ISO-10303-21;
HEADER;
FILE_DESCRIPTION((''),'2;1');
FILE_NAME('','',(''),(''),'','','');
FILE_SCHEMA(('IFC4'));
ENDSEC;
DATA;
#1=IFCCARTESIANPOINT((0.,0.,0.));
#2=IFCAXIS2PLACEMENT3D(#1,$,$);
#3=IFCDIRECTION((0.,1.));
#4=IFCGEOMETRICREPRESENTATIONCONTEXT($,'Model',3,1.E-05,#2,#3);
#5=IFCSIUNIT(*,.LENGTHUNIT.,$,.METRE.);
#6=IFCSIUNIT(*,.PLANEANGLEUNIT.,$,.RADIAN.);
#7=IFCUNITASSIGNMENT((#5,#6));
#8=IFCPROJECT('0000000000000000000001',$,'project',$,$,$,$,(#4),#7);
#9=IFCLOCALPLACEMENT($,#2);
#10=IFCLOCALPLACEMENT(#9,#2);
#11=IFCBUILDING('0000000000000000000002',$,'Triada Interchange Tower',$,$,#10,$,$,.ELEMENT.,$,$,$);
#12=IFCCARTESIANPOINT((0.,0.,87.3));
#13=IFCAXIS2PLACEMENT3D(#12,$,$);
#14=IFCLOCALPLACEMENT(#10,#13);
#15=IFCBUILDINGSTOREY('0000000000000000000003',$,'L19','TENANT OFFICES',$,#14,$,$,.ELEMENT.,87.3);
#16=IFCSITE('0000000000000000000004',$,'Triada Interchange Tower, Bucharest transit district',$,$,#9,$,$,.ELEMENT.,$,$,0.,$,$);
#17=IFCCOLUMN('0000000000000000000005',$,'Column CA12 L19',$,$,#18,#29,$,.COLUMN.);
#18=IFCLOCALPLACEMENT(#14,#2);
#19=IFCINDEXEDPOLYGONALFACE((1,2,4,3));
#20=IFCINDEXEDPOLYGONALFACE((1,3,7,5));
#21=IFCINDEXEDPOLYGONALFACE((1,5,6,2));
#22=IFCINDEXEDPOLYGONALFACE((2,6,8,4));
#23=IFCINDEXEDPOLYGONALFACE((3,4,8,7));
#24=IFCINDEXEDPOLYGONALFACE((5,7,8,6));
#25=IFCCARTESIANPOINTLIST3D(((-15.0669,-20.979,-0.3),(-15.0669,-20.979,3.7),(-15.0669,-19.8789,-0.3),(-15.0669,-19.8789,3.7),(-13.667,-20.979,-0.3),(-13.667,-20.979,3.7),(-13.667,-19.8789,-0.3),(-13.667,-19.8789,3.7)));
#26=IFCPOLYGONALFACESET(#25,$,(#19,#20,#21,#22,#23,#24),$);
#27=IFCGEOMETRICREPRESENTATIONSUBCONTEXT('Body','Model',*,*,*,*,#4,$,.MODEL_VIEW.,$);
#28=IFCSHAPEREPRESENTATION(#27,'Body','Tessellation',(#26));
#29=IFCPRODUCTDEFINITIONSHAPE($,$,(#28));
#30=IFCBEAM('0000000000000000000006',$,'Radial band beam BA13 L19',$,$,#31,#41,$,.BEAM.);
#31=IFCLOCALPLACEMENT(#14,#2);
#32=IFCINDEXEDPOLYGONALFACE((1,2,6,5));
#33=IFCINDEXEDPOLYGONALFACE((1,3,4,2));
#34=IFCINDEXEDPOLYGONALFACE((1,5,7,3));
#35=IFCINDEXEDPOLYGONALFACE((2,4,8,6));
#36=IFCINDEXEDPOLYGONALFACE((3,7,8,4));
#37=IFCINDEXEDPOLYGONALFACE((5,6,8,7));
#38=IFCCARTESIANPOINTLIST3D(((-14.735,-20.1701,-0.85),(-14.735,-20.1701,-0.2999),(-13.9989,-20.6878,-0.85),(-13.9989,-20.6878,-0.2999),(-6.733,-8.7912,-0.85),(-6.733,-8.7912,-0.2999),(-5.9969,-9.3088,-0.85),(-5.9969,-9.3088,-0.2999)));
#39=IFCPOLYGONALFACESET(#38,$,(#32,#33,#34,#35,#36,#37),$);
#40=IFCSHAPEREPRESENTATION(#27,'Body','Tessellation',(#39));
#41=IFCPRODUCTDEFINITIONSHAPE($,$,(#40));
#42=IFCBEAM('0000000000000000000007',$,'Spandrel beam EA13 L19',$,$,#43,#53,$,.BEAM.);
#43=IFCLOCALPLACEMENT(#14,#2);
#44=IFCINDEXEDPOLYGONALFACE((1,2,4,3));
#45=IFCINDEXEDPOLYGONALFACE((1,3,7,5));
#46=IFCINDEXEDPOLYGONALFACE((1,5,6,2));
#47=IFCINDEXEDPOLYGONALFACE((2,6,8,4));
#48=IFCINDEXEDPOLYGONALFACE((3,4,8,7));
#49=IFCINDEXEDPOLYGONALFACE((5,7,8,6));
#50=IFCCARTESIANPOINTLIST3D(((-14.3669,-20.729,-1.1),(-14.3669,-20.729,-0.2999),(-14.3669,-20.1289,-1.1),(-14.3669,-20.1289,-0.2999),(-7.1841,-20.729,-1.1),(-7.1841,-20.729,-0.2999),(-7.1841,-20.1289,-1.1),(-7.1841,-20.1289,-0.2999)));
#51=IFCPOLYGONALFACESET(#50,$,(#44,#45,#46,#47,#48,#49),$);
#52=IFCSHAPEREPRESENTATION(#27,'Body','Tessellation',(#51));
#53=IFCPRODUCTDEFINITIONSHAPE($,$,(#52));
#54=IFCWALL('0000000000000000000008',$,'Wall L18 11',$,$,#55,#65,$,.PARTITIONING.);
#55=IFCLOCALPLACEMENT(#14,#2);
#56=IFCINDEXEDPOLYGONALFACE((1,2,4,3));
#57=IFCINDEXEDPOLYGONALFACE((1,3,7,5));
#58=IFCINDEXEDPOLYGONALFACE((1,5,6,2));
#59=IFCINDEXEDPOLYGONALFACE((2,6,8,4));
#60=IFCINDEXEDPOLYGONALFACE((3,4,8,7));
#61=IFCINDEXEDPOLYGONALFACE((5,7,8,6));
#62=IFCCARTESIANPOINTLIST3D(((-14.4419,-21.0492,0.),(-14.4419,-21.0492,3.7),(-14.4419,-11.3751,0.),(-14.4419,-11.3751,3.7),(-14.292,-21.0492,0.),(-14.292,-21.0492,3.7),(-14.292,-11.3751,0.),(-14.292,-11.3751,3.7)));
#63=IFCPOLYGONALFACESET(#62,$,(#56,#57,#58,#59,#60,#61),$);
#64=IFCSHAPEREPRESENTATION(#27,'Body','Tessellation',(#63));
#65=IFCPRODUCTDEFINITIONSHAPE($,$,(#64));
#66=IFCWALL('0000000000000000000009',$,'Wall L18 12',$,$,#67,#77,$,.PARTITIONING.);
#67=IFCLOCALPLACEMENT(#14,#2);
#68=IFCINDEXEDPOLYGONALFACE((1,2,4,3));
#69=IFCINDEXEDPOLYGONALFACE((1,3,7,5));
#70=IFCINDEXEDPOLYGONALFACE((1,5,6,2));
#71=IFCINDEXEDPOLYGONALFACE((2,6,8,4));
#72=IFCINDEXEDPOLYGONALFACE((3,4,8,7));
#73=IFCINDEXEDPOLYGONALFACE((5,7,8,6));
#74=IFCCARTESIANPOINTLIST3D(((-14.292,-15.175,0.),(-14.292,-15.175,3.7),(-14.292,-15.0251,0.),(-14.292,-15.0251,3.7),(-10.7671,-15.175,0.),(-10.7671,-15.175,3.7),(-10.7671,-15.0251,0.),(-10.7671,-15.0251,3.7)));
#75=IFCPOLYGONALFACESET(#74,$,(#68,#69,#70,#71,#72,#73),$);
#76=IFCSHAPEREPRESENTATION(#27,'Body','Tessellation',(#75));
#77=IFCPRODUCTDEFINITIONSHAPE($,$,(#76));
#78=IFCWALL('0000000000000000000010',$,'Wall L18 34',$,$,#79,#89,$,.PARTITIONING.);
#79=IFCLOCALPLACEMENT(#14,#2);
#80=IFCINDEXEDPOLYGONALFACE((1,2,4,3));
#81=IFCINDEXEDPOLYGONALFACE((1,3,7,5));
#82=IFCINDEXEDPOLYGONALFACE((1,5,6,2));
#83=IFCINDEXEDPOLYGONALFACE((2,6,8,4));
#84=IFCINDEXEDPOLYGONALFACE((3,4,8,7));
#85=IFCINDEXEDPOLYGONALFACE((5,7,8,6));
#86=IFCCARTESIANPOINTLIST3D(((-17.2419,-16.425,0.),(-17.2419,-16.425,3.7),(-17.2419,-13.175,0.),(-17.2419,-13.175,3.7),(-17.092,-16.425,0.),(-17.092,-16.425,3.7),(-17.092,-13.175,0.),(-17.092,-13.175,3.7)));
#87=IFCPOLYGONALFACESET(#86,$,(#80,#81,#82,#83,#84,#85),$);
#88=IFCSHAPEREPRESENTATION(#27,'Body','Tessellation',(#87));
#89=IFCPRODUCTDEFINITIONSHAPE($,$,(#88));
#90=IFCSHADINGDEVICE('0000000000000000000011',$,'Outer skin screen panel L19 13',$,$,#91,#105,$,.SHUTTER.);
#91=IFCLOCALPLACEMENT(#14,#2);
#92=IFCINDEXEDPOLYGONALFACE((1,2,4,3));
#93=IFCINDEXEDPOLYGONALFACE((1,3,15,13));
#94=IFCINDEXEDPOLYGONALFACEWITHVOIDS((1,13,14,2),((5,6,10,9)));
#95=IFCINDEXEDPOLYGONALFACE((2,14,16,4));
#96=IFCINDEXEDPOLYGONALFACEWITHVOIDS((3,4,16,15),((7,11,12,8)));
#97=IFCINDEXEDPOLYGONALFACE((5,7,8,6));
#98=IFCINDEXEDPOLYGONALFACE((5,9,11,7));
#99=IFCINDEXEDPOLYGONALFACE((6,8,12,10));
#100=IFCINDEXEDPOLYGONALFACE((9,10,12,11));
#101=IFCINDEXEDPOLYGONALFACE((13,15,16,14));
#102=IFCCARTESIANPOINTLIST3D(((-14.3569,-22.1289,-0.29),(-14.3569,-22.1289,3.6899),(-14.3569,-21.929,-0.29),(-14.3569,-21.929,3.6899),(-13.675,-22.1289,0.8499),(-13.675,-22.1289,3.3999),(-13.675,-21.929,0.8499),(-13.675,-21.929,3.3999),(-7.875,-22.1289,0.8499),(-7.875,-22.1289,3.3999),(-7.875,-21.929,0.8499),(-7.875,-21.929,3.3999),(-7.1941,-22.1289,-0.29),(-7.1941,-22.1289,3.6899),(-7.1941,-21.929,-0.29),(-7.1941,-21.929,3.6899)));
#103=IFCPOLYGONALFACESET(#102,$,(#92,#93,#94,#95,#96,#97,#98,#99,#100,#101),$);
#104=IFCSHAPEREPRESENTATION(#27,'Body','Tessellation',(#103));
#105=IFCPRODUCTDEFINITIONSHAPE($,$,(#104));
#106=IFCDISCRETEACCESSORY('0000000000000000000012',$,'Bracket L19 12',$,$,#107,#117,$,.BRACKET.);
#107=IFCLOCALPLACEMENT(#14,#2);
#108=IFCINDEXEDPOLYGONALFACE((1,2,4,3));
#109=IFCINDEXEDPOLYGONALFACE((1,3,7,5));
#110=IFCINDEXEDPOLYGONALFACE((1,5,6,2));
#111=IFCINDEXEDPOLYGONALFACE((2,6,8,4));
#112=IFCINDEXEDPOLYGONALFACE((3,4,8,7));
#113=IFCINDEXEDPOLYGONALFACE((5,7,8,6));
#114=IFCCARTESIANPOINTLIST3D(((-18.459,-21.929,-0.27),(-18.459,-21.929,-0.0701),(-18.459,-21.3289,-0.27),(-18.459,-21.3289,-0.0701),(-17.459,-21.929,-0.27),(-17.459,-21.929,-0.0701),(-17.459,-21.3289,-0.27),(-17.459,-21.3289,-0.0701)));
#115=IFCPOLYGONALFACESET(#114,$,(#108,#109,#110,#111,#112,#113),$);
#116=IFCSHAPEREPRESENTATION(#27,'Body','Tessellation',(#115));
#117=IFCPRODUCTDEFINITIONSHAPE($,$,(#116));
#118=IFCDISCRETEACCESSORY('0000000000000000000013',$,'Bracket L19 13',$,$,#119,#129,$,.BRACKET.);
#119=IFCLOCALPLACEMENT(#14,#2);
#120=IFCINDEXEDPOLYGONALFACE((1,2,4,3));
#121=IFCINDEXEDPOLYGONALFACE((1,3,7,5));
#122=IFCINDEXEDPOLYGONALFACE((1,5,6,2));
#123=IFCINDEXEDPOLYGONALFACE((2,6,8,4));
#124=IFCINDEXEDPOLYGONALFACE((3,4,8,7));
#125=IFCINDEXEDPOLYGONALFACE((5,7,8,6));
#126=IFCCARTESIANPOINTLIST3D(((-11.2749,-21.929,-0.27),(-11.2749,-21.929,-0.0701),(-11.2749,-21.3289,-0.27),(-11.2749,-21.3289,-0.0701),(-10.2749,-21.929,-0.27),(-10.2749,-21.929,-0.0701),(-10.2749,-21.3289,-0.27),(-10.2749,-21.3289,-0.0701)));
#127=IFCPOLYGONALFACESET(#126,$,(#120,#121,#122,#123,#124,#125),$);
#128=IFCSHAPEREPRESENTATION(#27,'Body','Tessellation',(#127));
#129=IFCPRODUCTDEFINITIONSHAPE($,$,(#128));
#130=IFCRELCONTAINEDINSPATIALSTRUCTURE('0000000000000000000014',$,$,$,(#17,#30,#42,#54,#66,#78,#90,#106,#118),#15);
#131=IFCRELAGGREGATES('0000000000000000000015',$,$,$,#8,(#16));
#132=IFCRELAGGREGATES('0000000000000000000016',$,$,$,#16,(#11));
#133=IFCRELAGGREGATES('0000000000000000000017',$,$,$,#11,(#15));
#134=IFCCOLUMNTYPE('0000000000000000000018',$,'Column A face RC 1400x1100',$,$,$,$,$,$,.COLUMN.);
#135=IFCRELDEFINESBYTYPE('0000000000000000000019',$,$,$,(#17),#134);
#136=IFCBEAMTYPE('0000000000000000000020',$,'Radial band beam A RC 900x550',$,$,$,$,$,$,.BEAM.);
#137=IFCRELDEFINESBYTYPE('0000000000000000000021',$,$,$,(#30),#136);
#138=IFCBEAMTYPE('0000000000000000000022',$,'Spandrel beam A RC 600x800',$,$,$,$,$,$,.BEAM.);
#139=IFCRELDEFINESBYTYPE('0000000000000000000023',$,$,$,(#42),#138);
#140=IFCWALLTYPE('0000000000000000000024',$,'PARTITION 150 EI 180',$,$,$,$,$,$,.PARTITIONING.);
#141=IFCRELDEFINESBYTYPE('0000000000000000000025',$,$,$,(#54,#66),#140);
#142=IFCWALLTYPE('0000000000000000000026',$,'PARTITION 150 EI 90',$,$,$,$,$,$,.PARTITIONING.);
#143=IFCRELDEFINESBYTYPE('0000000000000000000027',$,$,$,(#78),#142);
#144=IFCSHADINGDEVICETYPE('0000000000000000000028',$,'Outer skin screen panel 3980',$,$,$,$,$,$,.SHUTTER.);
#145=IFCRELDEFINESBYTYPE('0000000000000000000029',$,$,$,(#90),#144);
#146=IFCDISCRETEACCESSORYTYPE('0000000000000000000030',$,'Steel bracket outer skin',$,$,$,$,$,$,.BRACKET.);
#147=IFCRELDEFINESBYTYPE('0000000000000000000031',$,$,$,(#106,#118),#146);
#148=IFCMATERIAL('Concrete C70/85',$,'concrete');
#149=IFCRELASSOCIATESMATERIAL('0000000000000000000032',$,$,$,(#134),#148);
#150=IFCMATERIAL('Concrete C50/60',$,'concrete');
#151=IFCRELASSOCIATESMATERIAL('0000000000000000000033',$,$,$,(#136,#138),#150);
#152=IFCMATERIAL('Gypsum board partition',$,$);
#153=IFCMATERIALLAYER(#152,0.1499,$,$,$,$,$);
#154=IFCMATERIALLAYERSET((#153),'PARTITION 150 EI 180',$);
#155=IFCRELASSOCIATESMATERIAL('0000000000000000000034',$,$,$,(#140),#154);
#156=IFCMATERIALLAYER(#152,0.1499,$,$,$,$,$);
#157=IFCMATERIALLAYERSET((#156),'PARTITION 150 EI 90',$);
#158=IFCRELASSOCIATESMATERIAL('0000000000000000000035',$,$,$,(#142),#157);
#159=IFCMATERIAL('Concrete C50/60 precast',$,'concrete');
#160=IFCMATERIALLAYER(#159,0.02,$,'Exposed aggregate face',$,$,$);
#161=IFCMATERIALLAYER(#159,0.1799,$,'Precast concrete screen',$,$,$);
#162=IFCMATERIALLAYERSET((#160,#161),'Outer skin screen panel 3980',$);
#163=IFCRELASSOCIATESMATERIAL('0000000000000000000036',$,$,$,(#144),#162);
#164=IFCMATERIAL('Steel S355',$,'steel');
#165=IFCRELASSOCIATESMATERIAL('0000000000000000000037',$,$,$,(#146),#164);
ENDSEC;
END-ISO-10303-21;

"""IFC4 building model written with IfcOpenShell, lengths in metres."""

from ifc_helpers import new_model, si_unit, direction, frame, frame_2d, origin, origin_2d, place, context, subcontext, project, spatial, polyline, rectangle, outline, extrude, material, layer, layer_set, material_profile, profile_set, type_object, element, save


model = new_model("IFC4")

# Units and contexts
model_context = context("Model", 3, precision=1e-05, world=origin(), true_north=direction((0.0, 1.0)))
body_context = subcontext(model_context, "Body", "Model", "MODEL_VIEW")
ifc_project = project(units=[si_unit("LENGTHUNIT", "METRE"), si_unit("PLANEANGLEUNIT", "RADIAN")], contexts=[model_context])

# Site, building, storey
site_placement = place(None, origin())
site = spatial("IfcSite", under=ifc_project, at=site_placement, Name="Triada Interchange Tower, Bucharest transit district", CompositionType="ELEMENT", RefElevation=0.0)
building_placement = place(site_placement, origin())
building = spatial("IfcBuilding", under=site, at=building_placement, Name="Triada Interchange Tower", CompositionType="ELEMENT")
storey_placement = place(building_placement, frame((0.0, 0.0, 87.3)))
storey = spatial("IfcBuildingStorey", under=building, at=storey_placement, Name="L19", Description="TENANT OFFICES", CompositionType="ELEMENT", Elevation=87.3)

# Column
ifc_material_1 = material(Name="Concrete C70/85", Category="concrete")
ifc_material_profile_1 = material_profile(ifc_material_1, rectangle(XDim=1.3999, YDim=1.1001, at=origin_2d()), Name="RC 1400x1100")
ifc_profile_set_1 = profile_set([ifc_material_profile_1], Name="Concrete C70/85")
column_type = type_object("IfcColumnType", Name="Column A face RC 1400x1100", PredefinedType="COLUMN", material=ifc_profile_set_1)
column_placement = place(storey_placement, frame((-14.3669, -20.429, -0.3), z_axis=(0.0, 0.0, 1.0), x_axis=(1.0, 0.0, 0.0)))
element("IfcColumn", 1, at=column_placement, inside=storey, type_object=column_type, Name="Column CA12 L19", PredefinedType="COLUMN", context=body_context, shape_type="SweptSolid", body=[
    extrude(rectangle(XDim=1.3999, YDim=1.1001, at=origin_2d()), origin(), (0.0, 0.0, 1.0), 4.0),
])

# Beams
ifc_material_2 = material(Name="Concrete C50/60", Category="concrete")
ifc_material_profile_2 = material_profile(ifc_material_2, rectangle(XDim=0.8999, YDim=0.55, at=origin_2d()), Name="RC 900x550")
ifc_profile_set_2 = profile_set([ifc_material_profile_2], Name="Concrete C50/60")
beam_type_1 = type_object("IfcBeamType", Name="Radial band beam A RC 900x550", PredefinedType="BEAM", material=ifc_profile_set_2)
beam_1_placement = place(storey_placement, frame((-14.3669, -20.429, -0.575), z_axis=(0.575233, 0.81799, 0.0), x_axis=(-0.81799, 0.575233, 0.0)))
element("IfcBeam", 2, at=beam_1_placement, inside=storey, type_object=beam_type_1, Name="Radial band beam BA13 L19", PredefinedType="BEAM", context=body_context, shape_type="SweptSolid", body=[
    extrude(rectangle(XDim=0.8999, YDim=0.55, at=origin_2d()), origin(), (0.0, 0.0, 1.0), 13.9109),
])
ifc_material_profile_3 = material_profile(ifc_material_2, rectangle(XDim=0.6001, YDim=0.8, at=origin_2d()), Name="RC 600x800")
ifc_profile_set_3 = profile_set([ifc_material_profile_3], Name="Concrete C50/60")
beam_type_2 = type_object("IfcBeamType", Name="Spandrel beam A RC 600x800", PredefinedType="BEAM", material=ifc_profile_set_3)
beam_2_placement = place(storey_placement, frame((-14.3669, -20.429, -0.7), z_axis=(1.0, 0.0, 0.0), x_axis=(0.0, 1.0, 0.0)))
element("IfcBeam", 3, at=beam_2_placement, inside=storey, type_object=beam_type_2, Name="Spandrel beam EA13 L19", PredefinedType="BEAM", context=body_context, shape_type="SweptSolid", body=[
    extrude(rectangle(XDim=0.6001, YDim=0.8, at=origin_2d()), origin(), (0.0, 0.0, 1.0), 7.1829),
])

# Walls
ifc_material_3 = material(Name="Gypsum board partition")
ifc_layer_1 = layer(ifc_material_3, 0.1499)
ifc_layer_set_1 = layer_set([ifc_layer_1], Name="PARTITION 150 EI 180")
wall_type_1 = type_object("IfcWallType", Name="PARTITION 150 EI 180", PredefinedType="PARTITIONING", material=ifc_layer_set_1)
wall_1_placement = place(storey_placement, frame((-14.3669, -21.0491, 0.0), z_axis=(0.0, 0.0, 1.0), x_axis=(0.0, 1.0, 0.0)))
element("IfcWall", 4, at=wall_1_placement, inside=storey, type_object=wall_type_1, Name="Wall L18 11", PredefinedType="PARTITIONING", context=body_context, shape_type="SweptSolid", body=[
    extrude(rectangle(XDim=9.6741, YDim=0.1499, at=frame_2d((4.8369, 0.0))), origin(), (0.0, 0.0, 1.0), 3.7),
])
wall_2_placement = place(storey_placement, frame((-14.292, -15.1001, 0.0), z_axis=(0.0, 0.0, 1.0), x_axis=(1.0, 0.0, 0.0)))
element("IfcWall", 5, at=wall_2_placement, inside=storey, type_object=wall_type_1, Name="Wall L18 12", PredefinedType="PARTITIONING", context=body_context, shape_type="SweptSolid", body=[
    extrude(rectangle(XDim=3.5249, YDim=0.1499, at=frame_2d((1.7625, 0.0))), origin(), (0.0, 0.0, 1.0), 3.7),
])
ifc_layer_2 = layer(ifc_material_3, 0.1499)
ifc_layer_set_2 = layer_set([ifc_layer_2], Name="PARTITION 150 EI 90")
wall_type_2 = type_object("IfcWallType", Name="PARTITION 150 EI 90", PredefinedType="PARTITIONING", material=ifc_layer_set_2)
wall_3_placement = place(storey_placement, frame((-17.167, -16.425, 0.0), z_axis=(0.0, 0.0, 1.0), x_axis=(0.0, 1.0, 0.0)))
element("IfcWall", 6, at=wall_3_placement, inside=storey, type_object=wall_type_2, Name="Wall L18 34", PredefinedType="PARTITIONING", context=body_context, shape_type="SweptSolid", body=[
    extrude(rectangle(XDim=3.25, YDim=0.1499, at=frame_2d((1.625, 0.0))), origin(), (0.0, 0.0, 1.0), 3.7),
])

# Shading device
ifc_material_4 = material(Name="Concrete C50/60 precast", Category="concrete")
ifc_layer_3 = layer(ifc_material_4, 0.02, Name="Exposed aggregate face")
ifc_layer_4 = layer(ifc_material_4, 0.1799, Name="Precast concrete screen")
ifc_layer_set_3 = layer_set([ifc_layer_3, ifc_layer_4], Name="Outer skin screen panel 3980")
shading_device_type = type_object("IfcShadingDeviceType", Name="Outer skin screen panel 3980", PredefinedType="SHUTTER", material=ifc_layer_set_3)
shading_device_placement = place(storey_placement, frame((-14.3569, -21.929, -0.29), z_axis=(0.0, 0.0, 1.0), x_axis=(1.0, 0.0, 0.0)))
element("IfcShadingDevice", 7, at=shading_device_placement, inside=storey, type_object=shading_device_type, Name="Outer skin screen panel L19 13", PredefinedType="SHUTTER", context=body_context, shape_type="SweptSolid", body=[
    extrude(outline(polyline([(0.0, 0.0), (7.1628, 0.0), (7.1628, 3.98), (0.0, 3.98), (0.0, 0.0)]), holes=[polyline([(0.6819, 1.1399), (0.6819, 3.6899), (6.4819, 3.6899), (6.4819, 1.1399), (0.6819, 1.1399)])]), frame((0.0, 0.0, 0.0), z_axis=(0.0, -1.0, 0.0), x_axis=(1.0, 0.0, 0.0)), (0.0, 0.0, 1.0), 0.2),
])

# Discrete accessories
ifc_material_5 = material(Name="Steel S355", Category="steel")
discrete_accessory_type = type_object("IfcDiscreteAccessoryType", Name="Steel bracket outer skin", PredefinedType="BRACKET", material=ifc_material_5)
for number, where, z_axis, x_axis, name in (
    (8, (-17.959, -21.6289, -0.27), (0.0, 0.0, 1.0), (0.0, -1.0, 0.0), "Bracket L19 12"),
    (9, (-10.7749, -21.6289, -0.27), (0.0, 0.0, 1.0), (0.0, -1.0, 0.0), "Bracket L19 13"),
):
    element("IfcDiscreteAccessory", number, at=place(storey_placement, frame(where, z_axis=z_axis, x_axis=x_axis)), inside=storey, type_object=discrete_accessory_type, Name=name, PredefinedType="BRACKET", context=body_context, shape_type="SweptSolid", body=[
        extrude(rectangle(XDim=0.6001, YDim=1.0, at=origin_2d()), origin(), (0.0, 0.0, 1.0), 0.2),
    ])

save(model, "model.ifc")
